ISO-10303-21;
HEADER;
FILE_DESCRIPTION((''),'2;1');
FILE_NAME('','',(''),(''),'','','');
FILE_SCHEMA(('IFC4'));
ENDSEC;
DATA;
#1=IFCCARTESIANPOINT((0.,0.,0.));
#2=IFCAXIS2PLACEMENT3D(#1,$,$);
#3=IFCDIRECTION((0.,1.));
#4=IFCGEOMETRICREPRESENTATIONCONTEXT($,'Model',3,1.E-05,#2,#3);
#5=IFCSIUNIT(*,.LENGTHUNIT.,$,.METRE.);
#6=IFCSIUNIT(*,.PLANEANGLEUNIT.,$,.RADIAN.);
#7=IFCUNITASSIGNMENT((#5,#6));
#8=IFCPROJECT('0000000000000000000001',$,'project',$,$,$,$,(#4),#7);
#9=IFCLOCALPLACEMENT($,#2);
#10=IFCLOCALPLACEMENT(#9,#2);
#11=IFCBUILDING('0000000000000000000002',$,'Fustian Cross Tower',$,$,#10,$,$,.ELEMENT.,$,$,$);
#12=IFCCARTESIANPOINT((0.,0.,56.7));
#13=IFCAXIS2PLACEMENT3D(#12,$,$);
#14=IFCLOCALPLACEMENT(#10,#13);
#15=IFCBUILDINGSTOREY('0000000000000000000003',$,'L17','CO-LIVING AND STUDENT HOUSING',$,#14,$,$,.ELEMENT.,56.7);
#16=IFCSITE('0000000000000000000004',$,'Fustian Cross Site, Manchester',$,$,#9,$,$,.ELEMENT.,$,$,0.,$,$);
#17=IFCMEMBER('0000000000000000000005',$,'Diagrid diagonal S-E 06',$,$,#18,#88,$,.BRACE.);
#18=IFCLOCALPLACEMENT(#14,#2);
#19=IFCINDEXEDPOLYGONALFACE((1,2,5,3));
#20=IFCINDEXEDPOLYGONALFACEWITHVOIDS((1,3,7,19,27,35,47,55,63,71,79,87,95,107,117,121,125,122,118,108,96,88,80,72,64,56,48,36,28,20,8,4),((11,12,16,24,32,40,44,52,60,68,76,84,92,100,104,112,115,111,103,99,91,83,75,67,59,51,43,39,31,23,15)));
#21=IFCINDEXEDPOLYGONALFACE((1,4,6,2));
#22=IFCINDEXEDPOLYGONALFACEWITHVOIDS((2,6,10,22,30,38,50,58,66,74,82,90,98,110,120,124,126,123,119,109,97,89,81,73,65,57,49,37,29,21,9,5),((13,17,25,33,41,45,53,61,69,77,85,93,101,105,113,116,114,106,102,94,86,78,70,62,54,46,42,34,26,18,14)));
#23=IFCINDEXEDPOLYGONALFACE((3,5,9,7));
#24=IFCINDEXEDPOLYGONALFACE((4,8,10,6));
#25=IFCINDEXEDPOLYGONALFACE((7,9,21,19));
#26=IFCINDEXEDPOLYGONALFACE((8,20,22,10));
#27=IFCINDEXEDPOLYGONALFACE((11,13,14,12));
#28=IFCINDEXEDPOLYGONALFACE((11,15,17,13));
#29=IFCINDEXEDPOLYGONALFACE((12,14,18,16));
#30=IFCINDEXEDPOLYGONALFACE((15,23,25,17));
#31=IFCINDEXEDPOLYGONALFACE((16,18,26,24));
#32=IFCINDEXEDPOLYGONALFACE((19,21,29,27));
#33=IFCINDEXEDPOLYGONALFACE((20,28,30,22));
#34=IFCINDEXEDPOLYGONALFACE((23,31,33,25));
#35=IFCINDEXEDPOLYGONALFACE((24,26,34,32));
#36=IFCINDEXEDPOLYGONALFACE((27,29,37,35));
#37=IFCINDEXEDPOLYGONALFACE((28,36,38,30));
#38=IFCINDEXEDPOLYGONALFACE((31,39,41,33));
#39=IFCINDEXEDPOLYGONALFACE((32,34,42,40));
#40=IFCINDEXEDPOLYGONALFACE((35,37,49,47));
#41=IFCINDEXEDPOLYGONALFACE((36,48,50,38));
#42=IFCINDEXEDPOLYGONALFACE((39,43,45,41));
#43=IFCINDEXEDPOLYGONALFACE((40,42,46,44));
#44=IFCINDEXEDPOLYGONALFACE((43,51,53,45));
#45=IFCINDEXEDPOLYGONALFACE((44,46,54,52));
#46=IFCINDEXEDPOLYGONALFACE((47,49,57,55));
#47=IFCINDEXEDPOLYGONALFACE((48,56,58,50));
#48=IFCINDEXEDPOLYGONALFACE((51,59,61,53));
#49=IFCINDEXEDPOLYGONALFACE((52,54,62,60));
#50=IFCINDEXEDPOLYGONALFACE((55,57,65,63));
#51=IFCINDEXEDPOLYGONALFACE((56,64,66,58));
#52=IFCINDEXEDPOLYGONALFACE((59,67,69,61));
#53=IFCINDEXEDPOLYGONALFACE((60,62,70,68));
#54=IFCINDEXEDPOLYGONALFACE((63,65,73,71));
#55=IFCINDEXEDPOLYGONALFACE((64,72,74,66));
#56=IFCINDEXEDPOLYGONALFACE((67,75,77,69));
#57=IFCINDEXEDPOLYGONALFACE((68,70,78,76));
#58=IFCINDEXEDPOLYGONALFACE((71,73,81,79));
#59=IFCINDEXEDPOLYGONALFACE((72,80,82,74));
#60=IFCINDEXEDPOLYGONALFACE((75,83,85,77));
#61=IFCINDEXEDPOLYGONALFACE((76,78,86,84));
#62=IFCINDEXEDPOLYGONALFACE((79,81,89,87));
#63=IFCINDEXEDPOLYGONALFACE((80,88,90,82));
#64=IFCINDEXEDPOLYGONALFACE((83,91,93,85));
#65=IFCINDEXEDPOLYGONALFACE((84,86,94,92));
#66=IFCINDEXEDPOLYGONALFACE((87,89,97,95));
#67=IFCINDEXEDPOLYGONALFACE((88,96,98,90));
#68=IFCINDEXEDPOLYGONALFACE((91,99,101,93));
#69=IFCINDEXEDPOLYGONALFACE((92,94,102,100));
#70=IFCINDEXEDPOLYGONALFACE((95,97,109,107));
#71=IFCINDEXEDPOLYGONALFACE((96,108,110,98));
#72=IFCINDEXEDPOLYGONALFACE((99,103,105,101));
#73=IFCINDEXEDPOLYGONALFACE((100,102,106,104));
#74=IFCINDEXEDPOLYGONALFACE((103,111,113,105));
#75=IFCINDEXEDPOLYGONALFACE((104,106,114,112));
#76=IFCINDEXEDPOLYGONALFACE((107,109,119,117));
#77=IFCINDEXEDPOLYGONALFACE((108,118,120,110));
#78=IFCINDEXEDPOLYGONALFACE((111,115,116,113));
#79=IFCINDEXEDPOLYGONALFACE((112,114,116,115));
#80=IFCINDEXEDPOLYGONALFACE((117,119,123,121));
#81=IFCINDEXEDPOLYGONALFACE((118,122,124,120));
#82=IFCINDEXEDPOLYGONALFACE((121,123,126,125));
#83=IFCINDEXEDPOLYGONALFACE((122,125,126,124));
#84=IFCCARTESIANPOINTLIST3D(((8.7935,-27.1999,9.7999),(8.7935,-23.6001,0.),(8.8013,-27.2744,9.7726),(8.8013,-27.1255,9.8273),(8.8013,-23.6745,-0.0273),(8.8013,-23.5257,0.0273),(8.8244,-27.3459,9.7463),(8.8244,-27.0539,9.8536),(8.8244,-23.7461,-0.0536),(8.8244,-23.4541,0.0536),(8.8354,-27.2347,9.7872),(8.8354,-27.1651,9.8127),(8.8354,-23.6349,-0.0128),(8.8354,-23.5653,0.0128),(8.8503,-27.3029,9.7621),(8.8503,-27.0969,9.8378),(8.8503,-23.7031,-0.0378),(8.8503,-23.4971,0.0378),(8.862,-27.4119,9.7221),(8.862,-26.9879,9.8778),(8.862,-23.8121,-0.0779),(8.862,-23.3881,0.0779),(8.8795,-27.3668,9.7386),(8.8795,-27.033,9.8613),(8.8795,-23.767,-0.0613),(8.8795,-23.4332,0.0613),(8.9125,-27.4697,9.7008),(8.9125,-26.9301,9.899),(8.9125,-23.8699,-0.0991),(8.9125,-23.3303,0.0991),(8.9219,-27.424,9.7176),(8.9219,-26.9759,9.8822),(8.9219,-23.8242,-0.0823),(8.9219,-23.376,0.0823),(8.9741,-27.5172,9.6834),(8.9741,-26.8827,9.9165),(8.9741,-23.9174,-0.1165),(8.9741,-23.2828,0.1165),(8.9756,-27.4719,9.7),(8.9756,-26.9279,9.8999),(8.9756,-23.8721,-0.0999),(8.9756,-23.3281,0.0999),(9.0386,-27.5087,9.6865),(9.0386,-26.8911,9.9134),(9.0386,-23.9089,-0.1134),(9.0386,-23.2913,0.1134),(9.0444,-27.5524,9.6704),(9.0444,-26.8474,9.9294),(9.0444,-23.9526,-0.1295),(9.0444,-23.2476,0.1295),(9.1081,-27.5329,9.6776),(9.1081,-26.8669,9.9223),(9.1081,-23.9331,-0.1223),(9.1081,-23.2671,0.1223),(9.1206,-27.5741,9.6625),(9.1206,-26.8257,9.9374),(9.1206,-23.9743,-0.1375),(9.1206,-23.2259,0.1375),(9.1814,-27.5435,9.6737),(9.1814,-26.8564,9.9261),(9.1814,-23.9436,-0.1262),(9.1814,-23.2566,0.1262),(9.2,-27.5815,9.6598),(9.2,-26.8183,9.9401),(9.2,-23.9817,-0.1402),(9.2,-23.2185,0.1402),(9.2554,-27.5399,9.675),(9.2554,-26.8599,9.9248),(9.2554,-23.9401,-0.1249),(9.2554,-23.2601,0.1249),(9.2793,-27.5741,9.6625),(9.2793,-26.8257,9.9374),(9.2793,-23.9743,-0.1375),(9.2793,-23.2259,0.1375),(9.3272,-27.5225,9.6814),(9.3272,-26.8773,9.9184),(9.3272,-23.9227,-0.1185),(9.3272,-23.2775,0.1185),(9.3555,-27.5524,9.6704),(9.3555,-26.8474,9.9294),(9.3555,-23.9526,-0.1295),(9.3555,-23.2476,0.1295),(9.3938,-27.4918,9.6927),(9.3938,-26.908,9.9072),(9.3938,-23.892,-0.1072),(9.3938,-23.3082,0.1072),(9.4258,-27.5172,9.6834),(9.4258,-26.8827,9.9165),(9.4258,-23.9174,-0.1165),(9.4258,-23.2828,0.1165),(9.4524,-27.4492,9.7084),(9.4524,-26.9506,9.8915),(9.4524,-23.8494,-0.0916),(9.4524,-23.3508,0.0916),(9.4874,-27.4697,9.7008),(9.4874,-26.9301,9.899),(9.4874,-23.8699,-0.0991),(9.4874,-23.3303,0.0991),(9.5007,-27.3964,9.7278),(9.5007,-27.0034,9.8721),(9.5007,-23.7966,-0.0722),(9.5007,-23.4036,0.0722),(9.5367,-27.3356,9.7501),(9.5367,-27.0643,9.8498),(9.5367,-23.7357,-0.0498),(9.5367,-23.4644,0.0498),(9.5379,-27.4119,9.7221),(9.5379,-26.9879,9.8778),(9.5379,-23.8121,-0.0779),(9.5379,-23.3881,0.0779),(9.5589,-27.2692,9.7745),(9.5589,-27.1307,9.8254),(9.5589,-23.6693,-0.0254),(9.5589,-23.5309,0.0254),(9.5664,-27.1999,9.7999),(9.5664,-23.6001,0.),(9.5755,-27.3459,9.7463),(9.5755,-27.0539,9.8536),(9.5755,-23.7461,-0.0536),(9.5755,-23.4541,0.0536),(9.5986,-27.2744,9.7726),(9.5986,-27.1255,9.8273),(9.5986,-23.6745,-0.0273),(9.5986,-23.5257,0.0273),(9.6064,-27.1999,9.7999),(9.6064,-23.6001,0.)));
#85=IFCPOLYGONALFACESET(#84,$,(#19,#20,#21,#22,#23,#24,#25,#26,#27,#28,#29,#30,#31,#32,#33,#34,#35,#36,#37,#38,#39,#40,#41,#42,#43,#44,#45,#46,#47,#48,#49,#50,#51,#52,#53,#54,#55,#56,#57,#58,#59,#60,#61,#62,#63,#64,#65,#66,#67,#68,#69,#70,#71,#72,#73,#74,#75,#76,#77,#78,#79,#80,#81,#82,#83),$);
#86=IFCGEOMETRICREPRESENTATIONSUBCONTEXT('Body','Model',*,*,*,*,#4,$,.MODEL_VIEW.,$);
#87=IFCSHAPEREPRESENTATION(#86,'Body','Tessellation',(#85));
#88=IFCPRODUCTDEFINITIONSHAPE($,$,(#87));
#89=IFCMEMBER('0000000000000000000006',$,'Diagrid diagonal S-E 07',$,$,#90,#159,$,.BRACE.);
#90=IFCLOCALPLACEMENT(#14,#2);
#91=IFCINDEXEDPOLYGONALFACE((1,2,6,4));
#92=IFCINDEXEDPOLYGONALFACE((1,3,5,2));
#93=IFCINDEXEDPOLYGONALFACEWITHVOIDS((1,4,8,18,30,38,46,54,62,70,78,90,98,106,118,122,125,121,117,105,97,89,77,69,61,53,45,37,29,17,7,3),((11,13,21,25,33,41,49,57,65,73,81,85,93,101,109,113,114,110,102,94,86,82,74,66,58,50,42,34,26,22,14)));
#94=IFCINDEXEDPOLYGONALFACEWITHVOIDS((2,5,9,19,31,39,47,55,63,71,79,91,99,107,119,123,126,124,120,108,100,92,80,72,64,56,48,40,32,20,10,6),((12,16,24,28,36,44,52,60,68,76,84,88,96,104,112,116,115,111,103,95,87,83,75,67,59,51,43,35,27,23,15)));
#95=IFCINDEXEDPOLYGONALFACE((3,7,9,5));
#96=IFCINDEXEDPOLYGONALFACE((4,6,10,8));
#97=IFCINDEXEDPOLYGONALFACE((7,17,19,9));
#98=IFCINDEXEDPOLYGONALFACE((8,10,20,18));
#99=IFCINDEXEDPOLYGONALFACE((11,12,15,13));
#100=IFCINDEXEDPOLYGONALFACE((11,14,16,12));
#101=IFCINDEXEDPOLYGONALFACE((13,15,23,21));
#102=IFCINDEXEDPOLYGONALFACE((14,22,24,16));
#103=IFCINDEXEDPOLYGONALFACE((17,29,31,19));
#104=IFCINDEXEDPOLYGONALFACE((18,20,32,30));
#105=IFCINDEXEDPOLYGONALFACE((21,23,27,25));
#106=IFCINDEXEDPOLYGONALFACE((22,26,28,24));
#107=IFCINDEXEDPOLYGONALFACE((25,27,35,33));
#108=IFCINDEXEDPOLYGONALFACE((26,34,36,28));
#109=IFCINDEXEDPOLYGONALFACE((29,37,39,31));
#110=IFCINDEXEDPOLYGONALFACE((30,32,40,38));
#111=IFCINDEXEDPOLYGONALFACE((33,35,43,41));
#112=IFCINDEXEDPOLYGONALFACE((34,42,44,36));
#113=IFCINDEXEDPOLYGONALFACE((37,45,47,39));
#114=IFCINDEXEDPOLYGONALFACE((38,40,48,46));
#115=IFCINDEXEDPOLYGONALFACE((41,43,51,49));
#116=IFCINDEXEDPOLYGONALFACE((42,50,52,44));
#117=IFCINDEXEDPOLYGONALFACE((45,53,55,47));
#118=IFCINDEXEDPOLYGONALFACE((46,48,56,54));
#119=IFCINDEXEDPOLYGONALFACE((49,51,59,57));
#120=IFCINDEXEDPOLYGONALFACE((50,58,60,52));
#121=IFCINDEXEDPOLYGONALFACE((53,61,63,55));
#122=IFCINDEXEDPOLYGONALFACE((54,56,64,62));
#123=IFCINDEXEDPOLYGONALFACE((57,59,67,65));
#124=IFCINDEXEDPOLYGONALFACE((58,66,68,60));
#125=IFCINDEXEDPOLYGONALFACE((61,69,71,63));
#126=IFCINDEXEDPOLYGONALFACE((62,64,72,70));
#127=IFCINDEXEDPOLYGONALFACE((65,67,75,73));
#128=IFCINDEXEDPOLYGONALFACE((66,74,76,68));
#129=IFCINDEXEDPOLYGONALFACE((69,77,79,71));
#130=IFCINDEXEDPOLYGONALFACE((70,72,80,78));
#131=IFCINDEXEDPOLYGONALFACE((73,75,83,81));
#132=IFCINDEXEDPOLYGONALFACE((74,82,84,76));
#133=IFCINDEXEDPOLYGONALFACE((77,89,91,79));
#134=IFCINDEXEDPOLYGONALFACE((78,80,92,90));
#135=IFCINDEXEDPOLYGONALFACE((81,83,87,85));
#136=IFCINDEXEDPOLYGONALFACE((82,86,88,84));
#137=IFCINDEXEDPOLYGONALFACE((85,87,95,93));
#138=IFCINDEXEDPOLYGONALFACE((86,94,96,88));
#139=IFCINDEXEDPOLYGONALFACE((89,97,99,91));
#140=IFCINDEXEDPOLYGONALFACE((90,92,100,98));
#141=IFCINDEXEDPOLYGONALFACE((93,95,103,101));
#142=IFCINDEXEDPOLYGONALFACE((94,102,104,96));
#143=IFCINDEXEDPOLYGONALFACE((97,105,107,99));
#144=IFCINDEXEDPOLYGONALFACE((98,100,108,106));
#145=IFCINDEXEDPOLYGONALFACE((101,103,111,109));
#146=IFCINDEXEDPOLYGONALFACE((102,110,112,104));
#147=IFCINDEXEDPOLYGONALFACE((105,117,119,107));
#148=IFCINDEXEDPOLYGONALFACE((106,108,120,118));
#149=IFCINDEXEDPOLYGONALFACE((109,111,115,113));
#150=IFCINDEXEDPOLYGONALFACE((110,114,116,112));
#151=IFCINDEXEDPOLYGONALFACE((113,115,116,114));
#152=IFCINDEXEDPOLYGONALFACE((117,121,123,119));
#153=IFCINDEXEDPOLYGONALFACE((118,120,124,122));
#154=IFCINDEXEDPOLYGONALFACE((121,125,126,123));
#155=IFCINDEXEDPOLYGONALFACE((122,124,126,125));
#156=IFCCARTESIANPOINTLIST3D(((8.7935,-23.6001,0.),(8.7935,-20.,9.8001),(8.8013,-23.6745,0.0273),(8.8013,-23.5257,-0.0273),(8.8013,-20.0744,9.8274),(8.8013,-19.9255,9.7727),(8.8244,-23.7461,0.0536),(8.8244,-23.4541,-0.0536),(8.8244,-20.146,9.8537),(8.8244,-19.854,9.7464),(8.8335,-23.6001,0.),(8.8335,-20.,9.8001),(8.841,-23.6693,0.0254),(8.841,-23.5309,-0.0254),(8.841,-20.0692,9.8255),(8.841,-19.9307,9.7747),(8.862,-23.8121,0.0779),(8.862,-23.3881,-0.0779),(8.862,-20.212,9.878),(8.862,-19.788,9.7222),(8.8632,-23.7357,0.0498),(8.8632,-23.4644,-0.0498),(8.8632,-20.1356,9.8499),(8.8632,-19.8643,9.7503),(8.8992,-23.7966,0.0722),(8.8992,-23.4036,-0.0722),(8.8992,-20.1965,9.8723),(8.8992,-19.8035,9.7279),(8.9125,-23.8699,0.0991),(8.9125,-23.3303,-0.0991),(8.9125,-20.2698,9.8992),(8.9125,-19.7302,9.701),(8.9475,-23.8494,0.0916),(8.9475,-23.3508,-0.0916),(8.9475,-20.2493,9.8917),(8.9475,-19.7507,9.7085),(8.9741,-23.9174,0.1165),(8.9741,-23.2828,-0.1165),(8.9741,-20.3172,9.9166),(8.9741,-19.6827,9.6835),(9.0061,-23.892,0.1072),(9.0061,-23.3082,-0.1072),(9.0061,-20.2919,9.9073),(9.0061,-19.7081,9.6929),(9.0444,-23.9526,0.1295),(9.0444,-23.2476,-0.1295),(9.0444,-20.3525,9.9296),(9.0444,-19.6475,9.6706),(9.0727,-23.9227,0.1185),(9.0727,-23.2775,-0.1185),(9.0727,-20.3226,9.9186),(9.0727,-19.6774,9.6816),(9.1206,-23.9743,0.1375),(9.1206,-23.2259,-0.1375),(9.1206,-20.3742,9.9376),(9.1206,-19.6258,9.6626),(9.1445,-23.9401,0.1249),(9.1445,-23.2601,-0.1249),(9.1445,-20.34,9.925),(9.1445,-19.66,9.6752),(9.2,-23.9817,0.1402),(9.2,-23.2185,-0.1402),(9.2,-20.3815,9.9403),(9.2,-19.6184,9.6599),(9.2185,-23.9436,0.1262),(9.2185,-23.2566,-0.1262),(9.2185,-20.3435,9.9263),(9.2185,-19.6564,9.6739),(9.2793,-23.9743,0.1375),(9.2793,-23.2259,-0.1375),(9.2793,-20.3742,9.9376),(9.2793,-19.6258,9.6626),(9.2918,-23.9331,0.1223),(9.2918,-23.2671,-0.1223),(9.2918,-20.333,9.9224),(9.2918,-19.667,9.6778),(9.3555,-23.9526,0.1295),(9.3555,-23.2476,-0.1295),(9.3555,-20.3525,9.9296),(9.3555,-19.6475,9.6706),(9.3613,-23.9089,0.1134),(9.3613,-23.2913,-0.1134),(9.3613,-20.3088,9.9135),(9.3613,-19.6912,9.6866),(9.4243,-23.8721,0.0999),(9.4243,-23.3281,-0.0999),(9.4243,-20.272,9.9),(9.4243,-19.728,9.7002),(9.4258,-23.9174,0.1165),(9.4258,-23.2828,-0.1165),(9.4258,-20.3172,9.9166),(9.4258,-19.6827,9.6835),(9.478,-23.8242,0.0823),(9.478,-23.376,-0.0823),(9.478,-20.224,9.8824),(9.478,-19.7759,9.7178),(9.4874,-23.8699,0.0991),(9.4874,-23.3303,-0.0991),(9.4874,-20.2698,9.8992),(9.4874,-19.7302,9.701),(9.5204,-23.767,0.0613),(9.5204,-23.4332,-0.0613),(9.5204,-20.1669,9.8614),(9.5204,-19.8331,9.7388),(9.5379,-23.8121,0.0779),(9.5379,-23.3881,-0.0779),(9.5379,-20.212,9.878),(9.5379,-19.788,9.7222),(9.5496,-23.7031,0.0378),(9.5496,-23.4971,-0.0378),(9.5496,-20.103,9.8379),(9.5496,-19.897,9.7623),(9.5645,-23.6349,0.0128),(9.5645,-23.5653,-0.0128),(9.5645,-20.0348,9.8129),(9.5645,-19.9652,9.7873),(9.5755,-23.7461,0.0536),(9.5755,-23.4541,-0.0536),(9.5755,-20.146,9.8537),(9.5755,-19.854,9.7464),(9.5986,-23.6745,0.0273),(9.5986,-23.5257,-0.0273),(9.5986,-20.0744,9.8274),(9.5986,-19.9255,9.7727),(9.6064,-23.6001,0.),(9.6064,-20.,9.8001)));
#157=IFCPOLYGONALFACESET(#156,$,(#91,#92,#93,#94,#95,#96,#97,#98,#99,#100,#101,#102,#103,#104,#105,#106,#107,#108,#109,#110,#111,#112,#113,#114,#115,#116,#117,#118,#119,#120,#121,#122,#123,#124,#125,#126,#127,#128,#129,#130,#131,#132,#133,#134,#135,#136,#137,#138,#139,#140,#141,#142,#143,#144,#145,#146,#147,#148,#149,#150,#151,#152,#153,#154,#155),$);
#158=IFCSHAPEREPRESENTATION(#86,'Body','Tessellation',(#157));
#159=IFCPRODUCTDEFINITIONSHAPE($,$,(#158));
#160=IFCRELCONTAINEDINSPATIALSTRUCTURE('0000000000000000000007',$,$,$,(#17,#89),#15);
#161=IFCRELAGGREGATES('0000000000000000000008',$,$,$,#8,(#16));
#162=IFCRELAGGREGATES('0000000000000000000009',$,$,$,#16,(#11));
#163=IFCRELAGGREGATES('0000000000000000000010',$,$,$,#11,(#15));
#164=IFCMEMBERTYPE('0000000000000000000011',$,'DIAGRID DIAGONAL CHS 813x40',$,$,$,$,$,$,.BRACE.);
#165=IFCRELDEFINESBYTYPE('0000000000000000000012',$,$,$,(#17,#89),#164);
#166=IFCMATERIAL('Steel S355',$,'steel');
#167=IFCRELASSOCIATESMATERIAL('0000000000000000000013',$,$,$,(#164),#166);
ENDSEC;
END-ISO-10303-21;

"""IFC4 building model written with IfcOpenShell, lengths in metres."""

from ifc_helpers import new_model, si_unit, direction, frame, origin, origin_2d, place, context, subcontext, project, spatial, hollow_circle, extrude, material, material_profile, profile_set, type_object, element, save


model = new_model("IFC4")

# Units and contexts
model_context = context("Model", 3, precision=1e-05, world=origin(), true_north=direction((0.0, 1.0)))
body_context = subcontext(model_context, "Body", "Model", "MODEL_VIEW")
ifc_project = project(units=[si_unit("LENGTHUNIT", "METRE"), si_unit("PLANEANGLEUNIT", "RADIAN")], contexts=[model_context])

# Site, building, storey
site_placement = place(None, origin())
site = spatial("IfcSite", under=ifc_project, at=site_placement, Name="Fustian Cross Site, Manchester", CompositionType="ELEMENT", RefElevation=0.0)
building_placement = place(site_placement, origin())
building = spatial("IfcBuilding", under=site, at=building_placement, Name="Fustian Cross Tower", CompositionType="ELEMENT")
storey_placement = place(building_placement, frame((0.0, 0.0, 56.7)))
storey = spatial("IfcBuildingStorey", under=building, at=storey_placement, Name="L17", Description="CO-LIVING AND STUDENT HOUSING", CompositionType="ELEMENT", Elevation=56.7)

# Members
ifc_material_1 = material(Name="Steel S355", Category="steel")
ifc_material_profile_1 = material_profile(ifc_material_1, hollow_circle(Radius=0.4065, WallThickness=0.04, at=origin_2d()), Name="CHS 813x40")
ifc_profile_set_1 = profile_set([ifc_material_profile_1], Name="Steel S355")
member_type_1 = type_object("IfcMemberType", Name="DIAGRID DIAGONAL CHS 813x40", PredefinedType="BRACE", material=ifc_profile_set_1)
member_1_placement = place(storey_placement, frame((9.2, -23.6001, 0.0), z_axis=(0.0, -0.344804, 0.938675), x_axis=(1.0, 0.0, 0.0)))
element("IfcMember", 1, at=member_1_placement, inside=storey, type_object=member_type_1, Name="Diagrid diagonal S-E 06", PredefinedType="BRACE", context=body_context, shape_type="SweptSolid", body=[
    extrude(hollow_circle(Radius=0.4065, WallThickness=0.04, at=origin_2d()), origin(), (0.0, 0.0, 1.0), 10.4402),
])
for number, where, z_axis, x_axis, name in (
    (2, (9.2, -23.6001, 0.0), (0.0, 0.344824, 0.938667), (-1.0, 0.0, 0.0), "Diagrid diagonal S-E 07"),
):
    element("IfcMember", number, at=place(storey_placement, frame(where, z_axis=z_axis, x_axis=x_axis)), inside=storey, type_object=member_type_1, Name=name, PredefinedType="BRACE", context=body_context, shape_type="SweptSolid", body=[
        extrude(hollow_circle(Radius=0.4065, WallThickness=0.04, at=origin_2d()), origin(), (0.0, 0.0, 1.0), 10.4404),
    ])

save(model, "model.ifc")
